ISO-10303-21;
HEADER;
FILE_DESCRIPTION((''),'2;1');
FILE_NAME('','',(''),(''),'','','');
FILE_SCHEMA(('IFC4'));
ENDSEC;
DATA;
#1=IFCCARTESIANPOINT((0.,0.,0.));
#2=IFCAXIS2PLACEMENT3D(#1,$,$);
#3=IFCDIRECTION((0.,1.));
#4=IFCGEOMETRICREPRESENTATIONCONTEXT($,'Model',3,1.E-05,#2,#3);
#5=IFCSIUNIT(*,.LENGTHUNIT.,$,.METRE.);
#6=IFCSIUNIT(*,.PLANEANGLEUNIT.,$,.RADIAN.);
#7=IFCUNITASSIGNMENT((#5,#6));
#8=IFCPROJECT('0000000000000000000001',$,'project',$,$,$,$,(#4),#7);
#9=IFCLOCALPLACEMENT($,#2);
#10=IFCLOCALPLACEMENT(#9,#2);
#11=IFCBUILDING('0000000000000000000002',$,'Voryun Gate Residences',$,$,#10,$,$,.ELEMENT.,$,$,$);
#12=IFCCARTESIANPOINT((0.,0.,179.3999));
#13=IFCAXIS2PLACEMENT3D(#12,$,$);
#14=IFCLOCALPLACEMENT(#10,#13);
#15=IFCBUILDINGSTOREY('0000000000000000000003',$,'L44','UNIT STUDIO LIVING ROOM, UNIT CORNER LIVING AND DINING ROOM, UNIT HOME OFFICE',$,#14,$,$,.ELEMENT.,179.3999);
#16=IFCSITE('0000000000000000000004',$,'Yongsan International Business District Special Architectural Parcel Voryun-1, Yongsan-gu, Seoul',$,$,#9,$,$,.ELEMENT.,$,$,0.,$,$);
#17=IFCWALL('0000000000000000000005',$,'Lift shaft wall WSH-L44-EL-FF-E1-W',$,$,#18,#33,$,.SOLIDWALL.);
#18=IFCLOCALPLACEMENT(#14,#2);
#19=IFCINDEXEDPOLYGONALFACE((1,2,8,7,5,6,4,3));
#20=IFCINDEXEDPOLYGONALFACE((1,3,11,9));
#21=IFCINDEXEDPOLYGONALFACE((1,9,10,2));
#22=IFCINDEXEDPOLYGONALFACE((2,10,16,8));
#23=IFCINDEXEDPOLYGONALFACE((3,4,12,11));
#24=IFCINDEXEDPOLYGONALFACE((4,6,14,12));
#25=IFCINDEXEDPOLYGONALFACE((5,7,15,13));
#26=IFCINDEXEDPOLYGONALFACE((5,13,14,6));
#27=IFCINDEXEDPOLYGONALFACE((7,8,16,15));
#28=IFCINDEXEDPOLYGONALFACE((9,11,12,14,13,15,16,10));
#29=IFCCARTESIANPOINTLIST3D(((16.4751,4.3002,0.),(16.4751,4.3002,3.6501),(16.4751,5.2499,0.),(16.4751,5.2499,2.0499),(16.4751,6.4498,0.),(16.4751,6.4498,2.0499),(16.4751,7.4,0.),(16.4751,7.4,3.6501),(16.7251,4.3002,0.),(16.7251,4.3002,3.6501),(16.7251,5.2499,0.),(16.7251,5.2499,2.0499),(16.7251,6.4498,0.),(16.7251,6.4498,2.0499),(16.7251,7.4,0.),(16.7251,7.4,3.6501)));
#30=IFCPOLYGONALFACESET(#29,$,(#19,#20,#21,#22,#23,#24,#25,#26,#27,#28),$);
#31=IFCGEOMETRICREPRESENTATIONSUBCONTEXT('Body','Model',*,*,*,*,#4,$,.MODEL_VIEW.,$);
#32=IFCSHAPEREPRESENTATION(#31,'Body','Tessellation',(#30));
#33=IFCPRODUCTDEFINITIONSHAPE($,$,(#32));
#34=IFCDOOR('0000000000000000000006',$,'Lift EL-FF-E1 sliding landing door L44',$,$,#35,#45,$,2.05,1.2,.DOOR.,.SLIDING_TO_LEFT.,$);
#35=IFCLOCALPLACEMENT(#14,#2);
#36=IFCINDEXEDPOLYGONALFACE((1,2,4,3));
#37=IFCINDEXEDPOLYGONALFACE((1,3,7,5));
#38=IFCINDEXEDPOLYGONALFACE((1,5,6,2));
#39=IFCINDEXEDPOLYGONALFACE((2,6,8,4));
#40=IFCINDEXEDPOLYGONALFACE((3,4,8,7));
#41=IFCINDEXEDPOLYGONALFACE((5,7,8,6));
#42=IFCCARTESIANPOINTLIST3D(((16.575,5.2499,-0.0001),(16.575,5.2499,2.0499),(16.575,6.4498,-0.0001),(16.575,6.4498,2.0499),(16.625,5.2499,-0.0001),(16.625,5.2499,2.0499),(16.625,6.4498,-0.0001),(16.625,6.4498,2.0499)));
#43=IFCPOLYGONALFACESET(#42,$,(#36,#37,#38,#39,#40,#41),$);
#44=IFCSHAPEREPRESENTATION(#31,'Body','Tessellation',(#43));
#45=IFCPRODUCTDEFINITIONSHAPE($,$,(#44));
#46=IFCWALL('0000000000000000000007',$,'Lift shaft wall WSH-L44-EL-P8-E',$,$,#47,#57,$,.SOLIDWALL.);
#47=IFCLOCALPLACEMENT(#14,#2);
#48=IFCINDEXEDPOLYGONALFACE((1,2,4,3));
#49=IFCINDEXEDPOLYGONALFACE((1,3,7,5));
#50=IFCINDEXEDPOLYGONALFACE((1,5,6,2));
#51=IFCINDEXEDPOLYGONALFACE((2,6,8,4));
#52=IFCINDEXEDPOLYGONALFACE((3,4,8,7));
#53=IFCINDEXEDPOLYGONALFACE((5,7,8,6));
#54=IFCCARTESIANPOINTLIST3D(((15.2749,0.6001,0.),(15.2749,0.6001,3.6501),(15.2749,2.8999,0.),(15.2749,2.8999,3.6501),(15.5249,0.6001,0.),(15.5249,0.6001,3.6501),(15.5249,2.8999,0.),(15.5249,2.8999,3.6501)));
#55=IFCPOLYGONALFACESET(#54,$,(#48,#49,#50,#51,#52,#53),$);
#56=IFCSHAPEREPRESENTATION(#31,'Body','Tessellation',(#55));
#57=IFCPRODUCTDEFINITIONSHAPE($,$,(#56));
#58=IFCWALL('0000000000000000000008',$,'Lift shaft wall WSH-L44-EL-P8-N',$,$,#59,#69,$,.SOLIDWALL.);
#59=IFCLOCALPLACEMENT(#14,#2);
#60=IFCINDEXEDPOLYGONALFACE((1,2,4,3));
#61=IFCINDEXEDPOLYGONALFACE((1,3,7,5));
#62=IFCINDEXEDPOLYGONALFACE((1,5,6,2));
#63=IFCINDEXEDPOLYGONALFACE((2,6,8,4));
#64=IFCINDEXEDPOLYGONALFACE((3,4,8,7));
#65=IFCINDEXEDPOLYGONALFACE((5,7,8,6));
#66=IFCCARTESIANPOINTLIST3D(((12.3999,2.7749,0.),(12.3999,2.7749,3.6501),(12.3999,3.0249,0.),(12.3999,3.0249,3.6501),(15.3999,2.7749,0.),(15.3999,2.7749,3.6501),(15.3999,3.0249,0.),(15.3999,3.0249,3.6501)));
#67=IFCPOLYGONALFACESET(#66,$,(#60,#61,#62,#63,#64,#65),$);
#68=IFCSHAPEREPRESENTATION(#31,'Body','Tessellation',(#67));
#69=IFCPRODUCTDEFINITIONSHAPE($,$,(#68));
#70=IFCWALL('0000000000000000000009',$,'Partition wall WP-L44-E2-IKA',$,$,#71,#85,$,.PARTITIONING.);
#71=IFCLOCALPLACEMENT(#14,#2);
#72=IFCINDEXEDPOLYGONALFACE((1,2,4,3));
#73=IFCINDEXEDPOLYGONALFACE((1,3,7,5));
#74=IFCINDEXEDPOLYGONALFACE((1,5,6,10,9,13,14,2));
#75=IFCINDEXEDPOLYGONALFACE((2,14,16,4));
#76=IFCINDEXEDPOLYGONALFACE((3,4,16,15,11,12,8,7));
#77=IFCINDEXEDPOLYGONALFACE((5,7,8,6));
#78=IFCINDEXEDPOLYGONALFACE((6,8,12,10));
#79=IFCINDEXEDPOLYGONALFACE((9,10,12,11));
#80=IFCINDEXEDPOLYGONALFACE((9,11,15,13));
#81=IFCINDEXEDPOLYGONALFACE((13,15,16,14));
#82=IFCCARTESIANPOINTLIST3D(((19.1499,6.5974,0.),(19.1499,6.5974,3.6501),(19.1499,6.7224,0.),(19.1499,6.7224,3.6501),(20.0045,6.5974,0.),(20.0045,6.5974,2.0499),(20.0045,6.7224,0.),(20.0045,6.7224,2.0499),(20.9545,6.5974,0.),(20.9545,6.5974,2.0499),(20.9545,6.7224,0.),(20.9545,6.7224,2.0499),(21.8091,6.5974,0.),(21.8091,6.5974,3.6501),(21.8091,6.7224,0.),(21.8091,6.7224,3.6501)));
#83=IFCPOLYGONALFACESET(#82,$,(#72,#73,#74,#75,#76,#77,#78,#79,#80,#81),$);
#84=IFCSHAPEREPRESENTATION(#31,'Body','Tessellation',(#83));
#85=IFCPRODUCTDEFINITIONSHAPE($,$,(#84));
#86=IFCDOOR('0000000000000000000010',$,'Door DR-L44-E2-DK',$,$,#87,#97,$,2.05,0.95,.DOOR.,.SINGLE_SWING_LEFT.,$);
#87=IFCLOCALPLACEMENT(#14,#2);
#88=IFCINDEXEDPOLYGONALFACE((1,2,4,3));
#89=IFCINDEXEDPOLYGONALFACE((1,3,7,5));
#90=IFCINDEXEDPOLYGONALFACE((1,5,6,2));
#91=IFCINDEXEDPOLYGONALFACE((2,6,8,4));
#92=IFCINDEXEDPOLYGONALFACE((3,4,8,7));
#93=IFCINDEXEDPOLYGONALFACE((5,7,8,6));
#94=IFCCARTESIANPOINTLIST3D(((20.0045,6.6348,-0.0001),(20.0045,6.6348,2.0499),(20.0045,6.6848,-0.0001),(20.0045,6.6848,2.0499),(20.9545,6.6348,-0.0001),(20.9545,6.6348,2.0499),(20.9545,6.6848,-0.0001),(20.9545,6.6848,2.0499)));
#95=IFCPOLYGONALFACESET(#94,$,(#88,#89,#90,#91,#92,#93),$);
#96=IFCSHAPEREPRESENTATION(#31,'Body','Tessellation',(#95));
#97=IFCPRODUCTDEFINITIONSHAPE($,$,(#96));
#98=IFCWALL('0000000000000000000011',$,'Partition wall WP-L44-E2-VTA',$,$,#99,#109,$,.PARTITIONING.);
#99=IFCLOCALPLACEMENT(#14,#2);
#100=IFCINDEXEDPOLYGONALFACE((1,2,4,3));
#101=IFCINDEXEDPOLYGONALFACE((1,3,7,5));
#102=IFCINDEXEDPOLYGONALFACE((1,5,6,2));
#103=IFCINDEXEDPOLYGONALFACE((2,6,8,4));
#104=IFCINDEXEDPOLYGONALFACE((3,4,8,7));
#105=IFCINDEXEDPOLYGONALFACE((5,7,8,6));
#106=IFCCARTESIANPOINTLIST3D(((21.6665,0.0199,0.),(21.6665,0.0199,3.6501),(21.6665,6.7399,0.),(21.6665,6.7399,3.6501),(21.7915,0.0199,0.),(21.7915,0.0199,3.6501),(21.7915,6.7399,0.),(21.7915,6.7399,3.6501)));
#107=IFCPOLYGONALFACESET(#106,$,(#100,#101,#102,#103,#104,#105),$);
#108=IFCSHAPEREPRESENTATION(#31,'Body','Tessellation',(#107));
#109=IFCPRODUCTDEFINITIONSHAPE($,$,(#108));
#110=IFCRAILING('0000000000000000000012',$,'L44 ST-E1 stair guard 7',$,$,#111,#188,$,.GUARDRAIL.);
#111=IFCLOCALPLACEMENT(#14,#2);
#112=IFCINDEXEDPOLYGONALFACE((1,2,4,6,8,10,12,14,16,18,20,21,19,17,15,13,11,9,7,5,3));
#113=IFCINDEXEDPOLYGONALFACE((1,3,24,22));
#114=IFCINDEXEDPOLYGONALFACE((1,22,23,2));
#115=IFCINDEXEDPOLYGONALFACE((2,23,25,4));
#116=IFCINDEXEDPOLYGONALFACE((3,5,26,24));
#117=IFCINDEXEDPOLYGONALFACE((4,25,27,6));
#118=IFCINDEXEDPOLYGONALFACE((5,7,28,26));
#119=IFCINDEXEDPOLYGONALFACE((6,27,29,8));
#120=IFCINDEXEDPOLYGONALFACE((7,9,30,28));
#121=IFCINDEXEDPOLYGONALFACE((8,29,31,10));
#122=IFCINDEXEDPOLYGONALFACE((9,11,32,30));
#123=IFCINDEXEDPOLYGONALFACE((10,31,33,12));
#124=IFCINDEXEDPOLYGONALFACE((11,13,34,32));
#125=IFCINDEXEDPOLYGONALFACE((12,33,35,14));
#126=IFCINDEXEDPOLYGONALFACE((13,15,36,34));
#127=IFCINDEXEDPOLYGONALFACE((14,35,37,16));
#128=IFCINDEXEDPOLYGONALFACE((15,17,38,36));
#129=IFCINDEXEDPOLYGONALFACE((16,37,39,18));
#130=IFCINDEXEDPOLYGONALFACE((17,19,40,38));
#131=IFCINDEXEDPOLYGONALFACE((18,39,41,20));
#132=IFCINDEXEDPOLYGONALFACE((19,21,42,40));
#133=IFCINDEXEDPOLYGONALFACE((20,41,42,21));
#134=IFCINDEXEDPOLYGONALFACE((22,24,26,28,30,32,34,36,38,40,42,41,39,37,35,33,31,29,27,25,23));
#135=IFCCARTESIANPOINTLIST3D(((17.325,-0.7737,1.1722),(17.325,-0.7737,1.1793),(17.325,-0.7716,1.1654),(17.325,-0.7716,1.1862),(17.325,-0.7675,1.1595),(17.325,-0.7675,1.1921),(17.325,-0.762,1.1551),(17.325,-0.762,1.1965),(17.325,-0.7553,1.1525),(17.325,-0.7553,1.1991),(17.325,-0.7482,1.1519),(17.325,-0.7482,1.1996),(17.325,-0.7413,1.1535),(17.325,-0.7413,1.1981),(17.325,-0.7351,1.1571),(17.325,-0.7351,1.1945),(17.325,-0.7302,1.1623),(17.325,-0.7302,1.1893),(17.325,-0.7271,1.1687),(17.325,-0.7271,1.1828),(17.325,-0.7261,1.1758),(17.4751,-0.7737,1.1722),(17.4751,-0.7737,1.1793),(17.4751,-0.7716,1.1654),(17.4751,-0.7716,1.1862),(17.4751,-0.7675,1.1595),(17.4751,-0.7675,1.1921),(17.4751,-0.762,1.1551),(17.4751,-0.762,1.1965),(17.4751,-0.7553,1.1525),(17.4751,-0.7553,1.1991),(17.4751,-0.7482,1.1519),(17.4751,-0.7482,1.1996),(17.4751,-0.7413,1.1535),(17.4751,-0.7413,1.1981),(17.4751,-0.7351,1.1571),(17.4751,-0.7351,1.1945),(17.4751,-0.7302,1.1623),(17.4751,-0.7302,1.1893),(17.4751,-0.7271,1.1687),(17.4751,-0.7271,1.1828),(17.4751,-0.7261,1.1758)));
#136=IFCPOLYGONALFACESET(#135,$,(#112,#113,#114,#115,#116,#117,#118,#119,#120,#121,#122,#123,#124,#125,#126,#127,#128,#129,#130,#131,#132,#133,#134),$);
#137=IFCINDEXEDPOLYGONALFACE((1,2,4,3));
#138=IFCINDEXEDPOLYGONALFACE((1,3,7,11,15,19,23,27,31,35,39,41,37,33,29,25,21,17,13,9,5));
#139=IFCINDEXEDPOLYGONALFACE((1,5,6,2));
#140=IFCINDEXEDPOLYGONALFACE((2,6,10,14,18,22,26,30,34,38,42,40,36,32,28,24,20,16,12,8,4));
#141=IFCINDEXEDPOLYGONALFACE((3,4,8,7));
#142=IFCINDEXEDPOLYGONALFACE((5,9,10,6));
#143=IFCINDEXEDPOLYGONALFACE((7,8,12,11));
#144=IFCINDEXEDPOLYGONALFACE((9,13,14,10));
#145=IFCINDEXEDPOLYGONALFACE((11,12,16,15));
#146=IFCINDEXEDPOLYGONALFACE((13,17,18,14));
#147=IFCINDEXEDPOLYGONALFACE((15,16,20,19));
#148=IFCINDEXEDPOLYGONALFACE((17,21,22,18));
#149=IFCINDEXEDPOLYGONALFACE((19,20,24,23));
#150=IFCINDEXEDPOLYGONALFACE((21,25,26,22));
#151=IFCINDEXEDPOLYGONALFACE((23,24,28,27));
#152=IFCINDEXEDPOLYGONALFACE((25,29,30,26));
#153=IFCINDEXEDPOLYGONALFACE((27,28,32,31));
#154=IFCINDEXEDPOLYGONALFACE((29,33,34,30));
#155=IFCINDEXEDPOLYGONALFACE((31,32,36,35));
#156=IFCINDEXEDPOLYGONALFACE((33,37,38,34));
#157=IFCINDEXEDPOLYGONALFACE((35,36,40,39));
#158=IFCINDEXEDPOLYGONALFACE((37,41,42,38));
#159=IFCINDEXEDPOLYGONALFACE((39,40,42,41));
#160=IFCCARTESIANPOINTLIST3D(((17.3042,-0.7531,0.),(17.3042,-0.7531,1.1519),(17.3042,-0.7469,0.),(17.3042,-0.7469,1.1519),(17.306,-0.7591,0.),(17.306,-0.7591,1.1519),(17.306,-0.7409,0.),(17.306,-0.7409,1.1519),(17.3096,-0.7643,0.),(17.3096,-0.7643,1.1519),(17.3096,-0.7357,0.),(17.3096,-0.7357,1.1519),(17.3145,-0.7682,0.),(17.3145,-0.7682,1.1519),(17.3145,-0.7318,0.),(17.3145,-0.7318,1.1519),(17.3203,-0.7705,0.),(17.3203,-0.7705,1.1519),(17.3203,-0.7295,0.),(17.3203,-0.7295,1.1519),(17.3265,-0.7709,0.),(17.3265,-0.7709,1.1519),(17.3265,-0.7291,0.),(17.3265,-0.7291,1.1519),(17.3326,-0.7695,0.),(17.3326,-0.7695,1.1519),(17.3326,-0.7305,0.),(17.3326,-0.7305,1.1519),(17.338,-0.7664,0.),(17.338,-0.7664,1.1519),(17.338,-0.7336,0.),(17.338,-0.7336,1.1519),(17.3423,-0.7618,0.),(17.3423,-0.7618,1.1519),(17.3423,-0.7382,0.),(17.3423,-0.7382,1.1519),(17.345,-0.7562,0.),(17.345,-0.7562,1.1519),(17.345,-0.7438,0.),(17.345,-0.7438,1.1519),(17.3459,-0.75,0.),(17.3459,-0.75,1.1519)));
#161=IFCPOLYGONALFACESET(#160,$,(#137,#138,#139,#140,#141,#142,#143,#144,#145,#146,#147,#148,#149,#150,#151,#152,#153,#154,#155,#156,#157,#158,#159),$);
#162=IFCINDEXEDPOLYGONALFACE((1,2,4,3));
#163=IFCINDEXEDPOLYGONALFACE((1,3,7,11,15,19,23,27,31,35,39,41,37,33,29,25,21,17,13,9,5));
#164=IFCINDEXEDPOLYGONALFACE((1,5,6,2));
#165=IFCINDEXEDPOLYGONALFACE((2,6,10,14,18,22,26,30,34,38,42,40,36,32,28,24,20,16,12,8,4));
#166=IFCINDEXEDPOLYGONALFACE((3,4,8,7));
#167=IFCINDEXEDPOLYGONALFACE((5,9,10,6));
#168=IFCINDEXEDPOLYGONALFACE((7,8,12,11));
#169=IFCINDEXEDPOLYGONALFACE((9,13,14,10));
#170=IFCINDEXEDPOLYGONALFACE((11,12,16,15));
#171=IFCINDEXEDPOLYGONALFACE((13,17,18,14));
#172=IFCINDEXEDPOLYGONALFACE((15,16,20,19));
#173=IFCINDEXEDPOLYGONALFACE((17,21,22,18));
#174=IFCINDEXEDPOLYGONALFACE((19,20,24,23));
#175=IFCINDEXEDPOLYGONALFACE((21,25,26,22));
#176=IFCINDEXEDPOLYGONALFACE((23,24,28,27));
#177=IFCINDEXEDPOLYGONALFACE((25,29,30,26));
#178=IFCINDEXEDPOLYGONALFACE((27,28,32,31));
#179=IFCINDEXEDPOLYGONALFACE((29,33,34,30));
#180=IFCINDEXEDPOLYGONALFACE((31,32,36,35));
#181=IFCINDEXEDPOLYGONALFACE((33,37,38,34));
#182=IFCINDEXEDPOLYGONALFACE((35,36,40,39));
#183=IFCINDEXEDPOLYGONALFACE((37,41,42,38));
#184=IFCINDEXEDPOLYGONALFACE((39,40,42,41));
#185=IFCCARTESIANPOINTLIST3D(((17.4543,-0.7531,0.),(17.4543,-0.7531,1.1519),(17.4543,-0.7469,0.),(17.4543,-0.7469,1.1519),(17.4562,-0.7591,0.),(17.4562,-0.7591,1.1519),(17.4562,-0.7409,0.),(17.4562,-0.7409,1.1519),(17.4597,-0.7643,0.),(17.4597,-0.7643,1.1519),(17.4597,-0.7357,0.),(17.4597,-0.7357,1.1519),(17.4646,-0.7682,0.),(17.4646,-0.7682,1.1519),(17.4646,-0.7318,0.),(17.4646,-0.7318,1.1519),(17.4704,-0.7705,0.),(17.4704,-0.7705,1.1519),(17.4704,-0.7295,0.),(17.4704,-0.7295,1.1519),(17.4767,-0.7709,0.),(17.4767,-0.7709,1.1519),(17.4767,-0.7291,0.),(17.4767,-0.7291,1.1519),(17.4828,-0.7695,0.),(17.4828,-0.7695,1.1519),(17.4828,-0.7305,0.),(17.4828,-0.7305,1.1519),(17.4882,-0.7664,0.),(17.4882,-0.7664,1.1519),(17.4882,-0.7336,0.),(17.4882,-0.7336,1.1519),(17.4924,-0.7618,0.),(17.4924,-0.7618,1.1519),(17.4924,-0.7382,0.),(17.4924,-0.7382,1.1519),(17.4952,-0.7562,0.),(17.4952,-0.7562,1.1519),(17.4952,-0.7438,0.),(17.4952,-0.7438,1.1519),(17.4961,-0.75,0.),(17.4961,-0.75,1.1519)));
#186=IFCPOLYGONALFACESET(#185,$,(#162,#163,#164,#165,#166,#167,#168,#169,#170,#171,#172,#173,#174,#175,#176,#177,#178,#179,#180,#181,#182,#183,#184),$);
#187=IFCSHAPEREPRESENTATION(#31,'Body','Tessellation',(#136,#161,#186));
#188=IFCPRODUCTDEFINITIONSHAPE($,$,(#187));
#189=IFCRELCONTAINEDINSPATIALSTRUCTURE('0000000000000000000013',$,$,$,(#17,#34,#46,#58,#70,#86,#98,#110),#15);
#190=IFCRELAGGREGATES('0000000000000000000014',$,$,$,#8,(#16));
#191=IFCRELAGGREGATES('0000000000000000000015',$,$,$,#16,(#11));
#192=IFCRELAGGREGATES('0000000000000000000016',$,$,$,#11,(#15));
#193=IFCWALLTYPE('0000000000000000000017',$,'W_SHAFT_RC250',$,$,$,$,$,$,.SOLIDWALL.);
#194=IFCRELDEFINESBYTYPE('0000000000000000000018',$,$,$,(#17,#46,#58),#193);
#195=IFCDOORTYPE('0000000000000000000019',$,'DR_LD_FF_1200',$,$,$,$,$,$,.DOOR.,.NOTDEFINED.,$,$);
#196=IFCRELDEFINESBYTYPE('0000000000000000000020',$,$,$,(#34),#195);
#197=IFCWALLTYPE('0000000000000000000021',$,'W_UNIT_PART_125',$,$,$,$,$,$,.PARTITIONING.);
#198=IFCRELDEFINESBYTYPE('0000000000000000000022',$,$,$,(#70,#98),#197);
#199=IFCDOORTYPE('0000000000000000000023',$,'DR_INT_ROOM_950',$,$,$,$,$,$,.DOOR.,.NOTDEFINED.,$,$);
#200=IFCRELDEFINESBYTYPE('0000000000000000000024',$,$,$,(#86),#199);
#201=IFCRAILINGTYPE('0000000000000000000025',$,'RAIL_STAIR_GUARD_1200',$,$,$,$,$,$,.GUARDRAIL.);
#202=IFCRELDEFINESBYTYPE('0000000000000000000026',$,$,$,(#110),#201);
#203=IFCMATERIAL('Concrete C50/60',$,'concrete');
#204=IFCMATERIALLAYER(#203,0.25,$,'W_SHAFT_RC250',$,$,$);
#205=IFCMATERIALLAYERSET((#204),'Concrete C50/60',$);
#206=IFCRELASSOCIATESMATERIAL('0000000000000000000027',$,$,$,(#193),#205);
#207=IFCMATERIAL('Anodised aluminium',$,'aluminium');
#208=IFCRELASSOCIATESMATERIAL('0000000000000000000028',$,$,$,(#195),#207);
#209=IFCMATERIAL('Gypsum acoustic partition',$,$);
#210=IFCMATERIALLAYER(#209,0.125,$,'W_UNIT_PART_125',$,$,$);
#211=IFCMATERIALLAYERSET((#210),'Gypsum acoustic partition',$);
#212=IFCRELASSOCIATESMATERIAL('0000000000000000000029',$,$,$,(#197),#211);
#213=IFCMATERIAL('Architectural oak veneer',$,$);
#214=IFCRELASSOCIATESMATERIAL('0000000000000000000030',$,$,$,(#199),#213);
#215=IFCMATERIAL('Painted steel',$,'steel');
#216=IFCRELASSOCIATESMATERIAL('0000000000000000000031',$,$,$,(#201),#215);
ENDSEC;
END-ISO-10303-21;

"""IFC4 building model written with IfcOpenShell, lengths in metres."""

from ifc_helpers import new_model, si_unit, direction, frame, frame_2d, origin, origin_2d, place, context, subcontext, project, spatial, rectangle, circle, extrude, material, layer, layer_set, type_object, element, fill, save


model = new_model("IFC4")

# Units and contexts
model_context = context("Model", 3, precision=1e-05, world=origin(), true_north=direction((0.0, 1.0)))
body_context = subcontext(model_context, "Body", "Model", "MODEL_VIEW")
ifc_project = project(units=[si_unit("LENGTHUNIT", "METRE"), si_unit("PLANEANGLEUNIT", "RADIAN")], contexts=[model_context])

# Site, building, storey
site_placement = place(None, origin())
site = spatial("IfcSite", under=ifc_project, at=site_placement, Name="Yongsan International Business District Special Architectural Parcel Voryun-1, Yongsan-gu, Seoul", CompositionType="ELEMENT", RefElevation=0.0)
building_placement = place(site_placement, origin())
building = spatial("IfcBuilding", under=site, at=building_placement, Name="Voryun Gate Residences", CompositionType="ELEMENT")
storey_placement = place(building_placement, frame((0.0, 0.0, 179.3999)))
storey = spatial("IfcBuildingStorey", under=building, at=storey_placement, Name="L44", Description="UNIT STUDIO LIVING ROOM, UNIT CORNER LIVING AND DINING ROOM, UNIT HOME OFFICE", CompositionType="ELEMENT", Elevation=179.3999)

# Shared definitions
ifc_material_1 = material(Name="Concrete C50/60", Category="concrete")
ifc_layer_1 = layer(ifc_material_1, 0.25, Name="W_SHAFT_RC250")
ifc_layer_set_1 = layer_set([ifc_layer_1], Name="Concrete C50/60")
wall_type_1 = type_object("IfcWallType", Name="W_SHAFT_RC250", PredefinedType="SOLIDWALL", material=ifc_layer_set_1)

# Wall, opening, door
wall_1_placement = place(storey_placement, frame((16.6001, 7.3999, 0.0), z_axis=(0.0, 0.0, 1.0), x_axis=(0.0, -1.0, 0.0)))
wall_1 = element("IfcWall", 1, at=wall_1_placement, inside=storey, type_object=wall_type_1, Name="Lift shaft wall WSH-L44-EL-FF-E1-W", PredefinedType="SOLIDWALL", context=body_context, shape_type="SweptSolid", body=[
    extrude(rectangle(XDim=3.0999, YDim=0.25, at=frame_2d((1.5498, 0.0))), origin(), (0.0, 0.0, 1.0), 3.6501),
])
opening_1_placement = place(wall_1_placement, frame((0.95, 0.0, 0.0)))
opening_1 = element("IfcOpeningElement", 2, at=opening_1_placement, cuts=wall_1, PredefinedType="OPENING", context=body_context, shape_type="SweptSolid", body=[
    extrude(rectangle(XDim=1.2, YDim=2.05, at=frame_2d((0.6001, 1.0249))), frame((0.0, 0.135, 0.0), z_axis=(0.0, -1.0, 0.0), x_axis=(1.0, 0.0, 0.0)), (0.0, 0.0, 1.0), 0.27),
])
ifc_material_2 = material(Name="Anodised aluminium", Category="aluminium")
door_type_1 = type_object("IfcDoorType", Name="DR_LD_FF_1200", OperationType="NOTDEFINED", PredefinedType="DOOR", material=ifc_material_2)
door_1_placement = place(opening_1_placement, origin())
door_1 = element("IfcDoor", 3, at=door_1_placement, inside=storey, type_object=door_type_1, Name="Lift EL-FF-E1 sliding landing door L44", OperationType="SLIDING_TO_LEFT", OverallHeight=2.05, OverallWidth=1.2, PredefinedType="DOOR", context=body_context, shape_type="SweptSolid", body=[
    extrude(rectangle(XDim=1.2, YDim=2.05, at=frame_2d((0.6001, 1.0249))), frame((0.0, 0.0249, 0.0), z_axis=(0.0, -1.0, 0.0), x_axis=(1.0, 0.0, 0.0)), (0.0, 0.0, 1.0), 0.05),
])
fill(opening_1, door_1)

# Walls
wall_2_placement = place(storey_placement, frame((15.3999, 0.6001, 0.0), z_axis=(0.0, 0.0, 1.0), x_axis=(0.0, 1.0, 0.0)))
element("IfcWall", 4, at=wall_2_placement, inside=storey, type_object=wall_type_1, Name="Lift shaft wall WSH-L44-EL-P8-E", PredefinedType="SOLIDWALL", context=body_context, shape_type="SweptSolid", body=[
    extrude(rectangle(XDim=2.2998, YDim=0.25, at=frame_2d((1.1499, 0.0))), origin(), (0.0, 0.0, 1.0), 3.6501),
])
wall_3_placement = place(storey_placement, frame((15.3999, 2.8999, 0.0), z_axis=(0.0, 0.0, 1.0), x_axis=(-1.0, 0.0, 0.0)))
element("IfcWall", 5, at=wall_3_placement, inside=storey, type_object=wall_type_1, Name="Lift shaft wall WSH-L44-EL-P8-N", PredefinedType="SOLIDWALL", context=body_context, shape_type="SweptSolid", body=[
    extrude(rectangle(XDim=3.0, YDim=0.25, at=frame_2d((1.5, 0.0))), origin(), (0.0, 0.0, 1.0), 3.6501),
])

# Wall, opening, door
ifc_material_3 = material(Name="Gypsum acoustic partition")
ifc_layer_2 = layer(ifc_material_3, 0.125, Name="W_UNIT_PART_125")
ifc_layer_set_2 = layer_set([ifc_layer_2], Name="Gypsum acoustic partition")
wall_type_2 = type_object("IfcWallType", Name="W_UNIT_PART_125", PredefinedType="PARTITIONING", material=ifc_layer_set_2)
wall_4_placement = place(storey_placement, frame((19.1499, 6.6599, 0.0), z_axis=(0.0, 0.0, 1.0), x_axis=(1.0, 0.0, 0.0)))
wall_4 = element("IfcWall", 6, at=wall_4_placement, inside=storey, type_object=wall_type_2, Name="Partition wall WP-L44-E2-IKA", PredefinedType="PARTITIONING", context=body_context, shape_type="SweptSolid", body=[
    extrude(rectangle(XDim=2.6592, YDim=0.125, at=frame_2d((1.3296, 0.0))), origin(), (0.0, 0.0, 1.0), 3.6501),
])
opening_2_placement = place(wall_4_placement, frame((0.8545, 0.0, 0.0)))
opening_2 = element("IfcOpeningElement", 7, at=opening_2_placement, cuts=wall_4, PredefinedType="OPENING", context=body_context, shape_type="SweptSolid", body=[
    extrude(rectangle(XDim=0.95, YDim=2.05, at=frame_2d((0.4751, 1.0249))), frame((0.0, 0.0725, 0.0), z_axis=(0.0, -1.0, 0.0), x_axis=(1.0, 0.0, 0.0)), (0.0, 0.0, 1.0), 0.145),
])
ifc_material_4 = material(Name="Architectural oak veneer")
door_type_2 = type_object("IfcDoorType", Name="DR_INT_ROOM_950", OperationType="NOTDEFINED", PredefinedType="DOOR", material=ifc_material_4)
door_2_placement = place(opening_2_placement, origin())
door_2 = element("IfcDoor", 8, at=door_2_placement, inside=storey, type_object=door_type_2, Name="Door DR-L44-E2-DK", OperationType="SINGLE_SWING_LEFT", OverallHeight=2.05, OverallWidth=0.95, PredefinedType="DOOR", context=body_context, shape_type="SweptSolid", body=[
    extrude(rectangle(XDim=0.95, YDim=2.05, at=frame_2d((0.4751, 1.0249))), frame((0.0, 0.0249, 0.0), z_axis=(0.0, -1.0, 0.0), x_axis=(1.0, 0.0, 0.0)), (0.0, 0.0, 1.0), 0.05),
])
fill(opening_2, door_2)

# Wall
wall_5_placement = place(storey_placement, frame((21.729, 0.02, 0.0), z_axis=(0.0, 0.0, 1.0), x_axis=(0.0, 1.0, 0.0)))
element("IfcWall", 9, at=wall_5_placement, inside=storey, type_object=wall_type_2, Name="Partition wall WP-L44-E2-VTA", PredefinedType="PARTITIONING", context=body_context, shape_type="SweptSolid", body=[
    extrude(rectangle(XDim=6.72, YDim=0.125, at=frame_2d((3.3599, 0.0))), origin(), (0.0, 0.0, 1.0), 3.6501),
])

# Railing
ifc_material_5 = material(Name="Painted steel", Category="steel")
railing_type = type_object("IfcRailingType", Name="RAIL_STAIR_GUARD_1200", PredefinedType="GUARDRAIL", material=ifc_material_5)
railing_placement = place(storey_placement, frame((17.325, -0.75, 0.0)))
element("IfcRailing", 10, at=railing_placement, inside=storey, type_object=railing_type, Name="L44 ST-E1 stair guard 7", PredefinedType="GUARDRAIL", context=body_context, shape_type="SweptSolid", body=[
    extrude(circle(Radius=0.0239, at=origin_2d()), frame((0.0, 0.0, 1.1758), z_axis=(1.0, 0.0, 0.0), x_axis=(0.0, 1.0, 0.0)), (0.0, 0.0, 1.0), 0.1501),
    extrude(circle(Radius=0.021, at=origin_2d()), origin(), (0.0, 0.0, 1.0), 1.1519),
    extrude(circle(Radius=0.021, at=origin_2d()), frame((0.1501, 0.0, 0.0)), (0.0, 0.0, 1.0), 1.1519),
])

save(model, "model.ifc")
